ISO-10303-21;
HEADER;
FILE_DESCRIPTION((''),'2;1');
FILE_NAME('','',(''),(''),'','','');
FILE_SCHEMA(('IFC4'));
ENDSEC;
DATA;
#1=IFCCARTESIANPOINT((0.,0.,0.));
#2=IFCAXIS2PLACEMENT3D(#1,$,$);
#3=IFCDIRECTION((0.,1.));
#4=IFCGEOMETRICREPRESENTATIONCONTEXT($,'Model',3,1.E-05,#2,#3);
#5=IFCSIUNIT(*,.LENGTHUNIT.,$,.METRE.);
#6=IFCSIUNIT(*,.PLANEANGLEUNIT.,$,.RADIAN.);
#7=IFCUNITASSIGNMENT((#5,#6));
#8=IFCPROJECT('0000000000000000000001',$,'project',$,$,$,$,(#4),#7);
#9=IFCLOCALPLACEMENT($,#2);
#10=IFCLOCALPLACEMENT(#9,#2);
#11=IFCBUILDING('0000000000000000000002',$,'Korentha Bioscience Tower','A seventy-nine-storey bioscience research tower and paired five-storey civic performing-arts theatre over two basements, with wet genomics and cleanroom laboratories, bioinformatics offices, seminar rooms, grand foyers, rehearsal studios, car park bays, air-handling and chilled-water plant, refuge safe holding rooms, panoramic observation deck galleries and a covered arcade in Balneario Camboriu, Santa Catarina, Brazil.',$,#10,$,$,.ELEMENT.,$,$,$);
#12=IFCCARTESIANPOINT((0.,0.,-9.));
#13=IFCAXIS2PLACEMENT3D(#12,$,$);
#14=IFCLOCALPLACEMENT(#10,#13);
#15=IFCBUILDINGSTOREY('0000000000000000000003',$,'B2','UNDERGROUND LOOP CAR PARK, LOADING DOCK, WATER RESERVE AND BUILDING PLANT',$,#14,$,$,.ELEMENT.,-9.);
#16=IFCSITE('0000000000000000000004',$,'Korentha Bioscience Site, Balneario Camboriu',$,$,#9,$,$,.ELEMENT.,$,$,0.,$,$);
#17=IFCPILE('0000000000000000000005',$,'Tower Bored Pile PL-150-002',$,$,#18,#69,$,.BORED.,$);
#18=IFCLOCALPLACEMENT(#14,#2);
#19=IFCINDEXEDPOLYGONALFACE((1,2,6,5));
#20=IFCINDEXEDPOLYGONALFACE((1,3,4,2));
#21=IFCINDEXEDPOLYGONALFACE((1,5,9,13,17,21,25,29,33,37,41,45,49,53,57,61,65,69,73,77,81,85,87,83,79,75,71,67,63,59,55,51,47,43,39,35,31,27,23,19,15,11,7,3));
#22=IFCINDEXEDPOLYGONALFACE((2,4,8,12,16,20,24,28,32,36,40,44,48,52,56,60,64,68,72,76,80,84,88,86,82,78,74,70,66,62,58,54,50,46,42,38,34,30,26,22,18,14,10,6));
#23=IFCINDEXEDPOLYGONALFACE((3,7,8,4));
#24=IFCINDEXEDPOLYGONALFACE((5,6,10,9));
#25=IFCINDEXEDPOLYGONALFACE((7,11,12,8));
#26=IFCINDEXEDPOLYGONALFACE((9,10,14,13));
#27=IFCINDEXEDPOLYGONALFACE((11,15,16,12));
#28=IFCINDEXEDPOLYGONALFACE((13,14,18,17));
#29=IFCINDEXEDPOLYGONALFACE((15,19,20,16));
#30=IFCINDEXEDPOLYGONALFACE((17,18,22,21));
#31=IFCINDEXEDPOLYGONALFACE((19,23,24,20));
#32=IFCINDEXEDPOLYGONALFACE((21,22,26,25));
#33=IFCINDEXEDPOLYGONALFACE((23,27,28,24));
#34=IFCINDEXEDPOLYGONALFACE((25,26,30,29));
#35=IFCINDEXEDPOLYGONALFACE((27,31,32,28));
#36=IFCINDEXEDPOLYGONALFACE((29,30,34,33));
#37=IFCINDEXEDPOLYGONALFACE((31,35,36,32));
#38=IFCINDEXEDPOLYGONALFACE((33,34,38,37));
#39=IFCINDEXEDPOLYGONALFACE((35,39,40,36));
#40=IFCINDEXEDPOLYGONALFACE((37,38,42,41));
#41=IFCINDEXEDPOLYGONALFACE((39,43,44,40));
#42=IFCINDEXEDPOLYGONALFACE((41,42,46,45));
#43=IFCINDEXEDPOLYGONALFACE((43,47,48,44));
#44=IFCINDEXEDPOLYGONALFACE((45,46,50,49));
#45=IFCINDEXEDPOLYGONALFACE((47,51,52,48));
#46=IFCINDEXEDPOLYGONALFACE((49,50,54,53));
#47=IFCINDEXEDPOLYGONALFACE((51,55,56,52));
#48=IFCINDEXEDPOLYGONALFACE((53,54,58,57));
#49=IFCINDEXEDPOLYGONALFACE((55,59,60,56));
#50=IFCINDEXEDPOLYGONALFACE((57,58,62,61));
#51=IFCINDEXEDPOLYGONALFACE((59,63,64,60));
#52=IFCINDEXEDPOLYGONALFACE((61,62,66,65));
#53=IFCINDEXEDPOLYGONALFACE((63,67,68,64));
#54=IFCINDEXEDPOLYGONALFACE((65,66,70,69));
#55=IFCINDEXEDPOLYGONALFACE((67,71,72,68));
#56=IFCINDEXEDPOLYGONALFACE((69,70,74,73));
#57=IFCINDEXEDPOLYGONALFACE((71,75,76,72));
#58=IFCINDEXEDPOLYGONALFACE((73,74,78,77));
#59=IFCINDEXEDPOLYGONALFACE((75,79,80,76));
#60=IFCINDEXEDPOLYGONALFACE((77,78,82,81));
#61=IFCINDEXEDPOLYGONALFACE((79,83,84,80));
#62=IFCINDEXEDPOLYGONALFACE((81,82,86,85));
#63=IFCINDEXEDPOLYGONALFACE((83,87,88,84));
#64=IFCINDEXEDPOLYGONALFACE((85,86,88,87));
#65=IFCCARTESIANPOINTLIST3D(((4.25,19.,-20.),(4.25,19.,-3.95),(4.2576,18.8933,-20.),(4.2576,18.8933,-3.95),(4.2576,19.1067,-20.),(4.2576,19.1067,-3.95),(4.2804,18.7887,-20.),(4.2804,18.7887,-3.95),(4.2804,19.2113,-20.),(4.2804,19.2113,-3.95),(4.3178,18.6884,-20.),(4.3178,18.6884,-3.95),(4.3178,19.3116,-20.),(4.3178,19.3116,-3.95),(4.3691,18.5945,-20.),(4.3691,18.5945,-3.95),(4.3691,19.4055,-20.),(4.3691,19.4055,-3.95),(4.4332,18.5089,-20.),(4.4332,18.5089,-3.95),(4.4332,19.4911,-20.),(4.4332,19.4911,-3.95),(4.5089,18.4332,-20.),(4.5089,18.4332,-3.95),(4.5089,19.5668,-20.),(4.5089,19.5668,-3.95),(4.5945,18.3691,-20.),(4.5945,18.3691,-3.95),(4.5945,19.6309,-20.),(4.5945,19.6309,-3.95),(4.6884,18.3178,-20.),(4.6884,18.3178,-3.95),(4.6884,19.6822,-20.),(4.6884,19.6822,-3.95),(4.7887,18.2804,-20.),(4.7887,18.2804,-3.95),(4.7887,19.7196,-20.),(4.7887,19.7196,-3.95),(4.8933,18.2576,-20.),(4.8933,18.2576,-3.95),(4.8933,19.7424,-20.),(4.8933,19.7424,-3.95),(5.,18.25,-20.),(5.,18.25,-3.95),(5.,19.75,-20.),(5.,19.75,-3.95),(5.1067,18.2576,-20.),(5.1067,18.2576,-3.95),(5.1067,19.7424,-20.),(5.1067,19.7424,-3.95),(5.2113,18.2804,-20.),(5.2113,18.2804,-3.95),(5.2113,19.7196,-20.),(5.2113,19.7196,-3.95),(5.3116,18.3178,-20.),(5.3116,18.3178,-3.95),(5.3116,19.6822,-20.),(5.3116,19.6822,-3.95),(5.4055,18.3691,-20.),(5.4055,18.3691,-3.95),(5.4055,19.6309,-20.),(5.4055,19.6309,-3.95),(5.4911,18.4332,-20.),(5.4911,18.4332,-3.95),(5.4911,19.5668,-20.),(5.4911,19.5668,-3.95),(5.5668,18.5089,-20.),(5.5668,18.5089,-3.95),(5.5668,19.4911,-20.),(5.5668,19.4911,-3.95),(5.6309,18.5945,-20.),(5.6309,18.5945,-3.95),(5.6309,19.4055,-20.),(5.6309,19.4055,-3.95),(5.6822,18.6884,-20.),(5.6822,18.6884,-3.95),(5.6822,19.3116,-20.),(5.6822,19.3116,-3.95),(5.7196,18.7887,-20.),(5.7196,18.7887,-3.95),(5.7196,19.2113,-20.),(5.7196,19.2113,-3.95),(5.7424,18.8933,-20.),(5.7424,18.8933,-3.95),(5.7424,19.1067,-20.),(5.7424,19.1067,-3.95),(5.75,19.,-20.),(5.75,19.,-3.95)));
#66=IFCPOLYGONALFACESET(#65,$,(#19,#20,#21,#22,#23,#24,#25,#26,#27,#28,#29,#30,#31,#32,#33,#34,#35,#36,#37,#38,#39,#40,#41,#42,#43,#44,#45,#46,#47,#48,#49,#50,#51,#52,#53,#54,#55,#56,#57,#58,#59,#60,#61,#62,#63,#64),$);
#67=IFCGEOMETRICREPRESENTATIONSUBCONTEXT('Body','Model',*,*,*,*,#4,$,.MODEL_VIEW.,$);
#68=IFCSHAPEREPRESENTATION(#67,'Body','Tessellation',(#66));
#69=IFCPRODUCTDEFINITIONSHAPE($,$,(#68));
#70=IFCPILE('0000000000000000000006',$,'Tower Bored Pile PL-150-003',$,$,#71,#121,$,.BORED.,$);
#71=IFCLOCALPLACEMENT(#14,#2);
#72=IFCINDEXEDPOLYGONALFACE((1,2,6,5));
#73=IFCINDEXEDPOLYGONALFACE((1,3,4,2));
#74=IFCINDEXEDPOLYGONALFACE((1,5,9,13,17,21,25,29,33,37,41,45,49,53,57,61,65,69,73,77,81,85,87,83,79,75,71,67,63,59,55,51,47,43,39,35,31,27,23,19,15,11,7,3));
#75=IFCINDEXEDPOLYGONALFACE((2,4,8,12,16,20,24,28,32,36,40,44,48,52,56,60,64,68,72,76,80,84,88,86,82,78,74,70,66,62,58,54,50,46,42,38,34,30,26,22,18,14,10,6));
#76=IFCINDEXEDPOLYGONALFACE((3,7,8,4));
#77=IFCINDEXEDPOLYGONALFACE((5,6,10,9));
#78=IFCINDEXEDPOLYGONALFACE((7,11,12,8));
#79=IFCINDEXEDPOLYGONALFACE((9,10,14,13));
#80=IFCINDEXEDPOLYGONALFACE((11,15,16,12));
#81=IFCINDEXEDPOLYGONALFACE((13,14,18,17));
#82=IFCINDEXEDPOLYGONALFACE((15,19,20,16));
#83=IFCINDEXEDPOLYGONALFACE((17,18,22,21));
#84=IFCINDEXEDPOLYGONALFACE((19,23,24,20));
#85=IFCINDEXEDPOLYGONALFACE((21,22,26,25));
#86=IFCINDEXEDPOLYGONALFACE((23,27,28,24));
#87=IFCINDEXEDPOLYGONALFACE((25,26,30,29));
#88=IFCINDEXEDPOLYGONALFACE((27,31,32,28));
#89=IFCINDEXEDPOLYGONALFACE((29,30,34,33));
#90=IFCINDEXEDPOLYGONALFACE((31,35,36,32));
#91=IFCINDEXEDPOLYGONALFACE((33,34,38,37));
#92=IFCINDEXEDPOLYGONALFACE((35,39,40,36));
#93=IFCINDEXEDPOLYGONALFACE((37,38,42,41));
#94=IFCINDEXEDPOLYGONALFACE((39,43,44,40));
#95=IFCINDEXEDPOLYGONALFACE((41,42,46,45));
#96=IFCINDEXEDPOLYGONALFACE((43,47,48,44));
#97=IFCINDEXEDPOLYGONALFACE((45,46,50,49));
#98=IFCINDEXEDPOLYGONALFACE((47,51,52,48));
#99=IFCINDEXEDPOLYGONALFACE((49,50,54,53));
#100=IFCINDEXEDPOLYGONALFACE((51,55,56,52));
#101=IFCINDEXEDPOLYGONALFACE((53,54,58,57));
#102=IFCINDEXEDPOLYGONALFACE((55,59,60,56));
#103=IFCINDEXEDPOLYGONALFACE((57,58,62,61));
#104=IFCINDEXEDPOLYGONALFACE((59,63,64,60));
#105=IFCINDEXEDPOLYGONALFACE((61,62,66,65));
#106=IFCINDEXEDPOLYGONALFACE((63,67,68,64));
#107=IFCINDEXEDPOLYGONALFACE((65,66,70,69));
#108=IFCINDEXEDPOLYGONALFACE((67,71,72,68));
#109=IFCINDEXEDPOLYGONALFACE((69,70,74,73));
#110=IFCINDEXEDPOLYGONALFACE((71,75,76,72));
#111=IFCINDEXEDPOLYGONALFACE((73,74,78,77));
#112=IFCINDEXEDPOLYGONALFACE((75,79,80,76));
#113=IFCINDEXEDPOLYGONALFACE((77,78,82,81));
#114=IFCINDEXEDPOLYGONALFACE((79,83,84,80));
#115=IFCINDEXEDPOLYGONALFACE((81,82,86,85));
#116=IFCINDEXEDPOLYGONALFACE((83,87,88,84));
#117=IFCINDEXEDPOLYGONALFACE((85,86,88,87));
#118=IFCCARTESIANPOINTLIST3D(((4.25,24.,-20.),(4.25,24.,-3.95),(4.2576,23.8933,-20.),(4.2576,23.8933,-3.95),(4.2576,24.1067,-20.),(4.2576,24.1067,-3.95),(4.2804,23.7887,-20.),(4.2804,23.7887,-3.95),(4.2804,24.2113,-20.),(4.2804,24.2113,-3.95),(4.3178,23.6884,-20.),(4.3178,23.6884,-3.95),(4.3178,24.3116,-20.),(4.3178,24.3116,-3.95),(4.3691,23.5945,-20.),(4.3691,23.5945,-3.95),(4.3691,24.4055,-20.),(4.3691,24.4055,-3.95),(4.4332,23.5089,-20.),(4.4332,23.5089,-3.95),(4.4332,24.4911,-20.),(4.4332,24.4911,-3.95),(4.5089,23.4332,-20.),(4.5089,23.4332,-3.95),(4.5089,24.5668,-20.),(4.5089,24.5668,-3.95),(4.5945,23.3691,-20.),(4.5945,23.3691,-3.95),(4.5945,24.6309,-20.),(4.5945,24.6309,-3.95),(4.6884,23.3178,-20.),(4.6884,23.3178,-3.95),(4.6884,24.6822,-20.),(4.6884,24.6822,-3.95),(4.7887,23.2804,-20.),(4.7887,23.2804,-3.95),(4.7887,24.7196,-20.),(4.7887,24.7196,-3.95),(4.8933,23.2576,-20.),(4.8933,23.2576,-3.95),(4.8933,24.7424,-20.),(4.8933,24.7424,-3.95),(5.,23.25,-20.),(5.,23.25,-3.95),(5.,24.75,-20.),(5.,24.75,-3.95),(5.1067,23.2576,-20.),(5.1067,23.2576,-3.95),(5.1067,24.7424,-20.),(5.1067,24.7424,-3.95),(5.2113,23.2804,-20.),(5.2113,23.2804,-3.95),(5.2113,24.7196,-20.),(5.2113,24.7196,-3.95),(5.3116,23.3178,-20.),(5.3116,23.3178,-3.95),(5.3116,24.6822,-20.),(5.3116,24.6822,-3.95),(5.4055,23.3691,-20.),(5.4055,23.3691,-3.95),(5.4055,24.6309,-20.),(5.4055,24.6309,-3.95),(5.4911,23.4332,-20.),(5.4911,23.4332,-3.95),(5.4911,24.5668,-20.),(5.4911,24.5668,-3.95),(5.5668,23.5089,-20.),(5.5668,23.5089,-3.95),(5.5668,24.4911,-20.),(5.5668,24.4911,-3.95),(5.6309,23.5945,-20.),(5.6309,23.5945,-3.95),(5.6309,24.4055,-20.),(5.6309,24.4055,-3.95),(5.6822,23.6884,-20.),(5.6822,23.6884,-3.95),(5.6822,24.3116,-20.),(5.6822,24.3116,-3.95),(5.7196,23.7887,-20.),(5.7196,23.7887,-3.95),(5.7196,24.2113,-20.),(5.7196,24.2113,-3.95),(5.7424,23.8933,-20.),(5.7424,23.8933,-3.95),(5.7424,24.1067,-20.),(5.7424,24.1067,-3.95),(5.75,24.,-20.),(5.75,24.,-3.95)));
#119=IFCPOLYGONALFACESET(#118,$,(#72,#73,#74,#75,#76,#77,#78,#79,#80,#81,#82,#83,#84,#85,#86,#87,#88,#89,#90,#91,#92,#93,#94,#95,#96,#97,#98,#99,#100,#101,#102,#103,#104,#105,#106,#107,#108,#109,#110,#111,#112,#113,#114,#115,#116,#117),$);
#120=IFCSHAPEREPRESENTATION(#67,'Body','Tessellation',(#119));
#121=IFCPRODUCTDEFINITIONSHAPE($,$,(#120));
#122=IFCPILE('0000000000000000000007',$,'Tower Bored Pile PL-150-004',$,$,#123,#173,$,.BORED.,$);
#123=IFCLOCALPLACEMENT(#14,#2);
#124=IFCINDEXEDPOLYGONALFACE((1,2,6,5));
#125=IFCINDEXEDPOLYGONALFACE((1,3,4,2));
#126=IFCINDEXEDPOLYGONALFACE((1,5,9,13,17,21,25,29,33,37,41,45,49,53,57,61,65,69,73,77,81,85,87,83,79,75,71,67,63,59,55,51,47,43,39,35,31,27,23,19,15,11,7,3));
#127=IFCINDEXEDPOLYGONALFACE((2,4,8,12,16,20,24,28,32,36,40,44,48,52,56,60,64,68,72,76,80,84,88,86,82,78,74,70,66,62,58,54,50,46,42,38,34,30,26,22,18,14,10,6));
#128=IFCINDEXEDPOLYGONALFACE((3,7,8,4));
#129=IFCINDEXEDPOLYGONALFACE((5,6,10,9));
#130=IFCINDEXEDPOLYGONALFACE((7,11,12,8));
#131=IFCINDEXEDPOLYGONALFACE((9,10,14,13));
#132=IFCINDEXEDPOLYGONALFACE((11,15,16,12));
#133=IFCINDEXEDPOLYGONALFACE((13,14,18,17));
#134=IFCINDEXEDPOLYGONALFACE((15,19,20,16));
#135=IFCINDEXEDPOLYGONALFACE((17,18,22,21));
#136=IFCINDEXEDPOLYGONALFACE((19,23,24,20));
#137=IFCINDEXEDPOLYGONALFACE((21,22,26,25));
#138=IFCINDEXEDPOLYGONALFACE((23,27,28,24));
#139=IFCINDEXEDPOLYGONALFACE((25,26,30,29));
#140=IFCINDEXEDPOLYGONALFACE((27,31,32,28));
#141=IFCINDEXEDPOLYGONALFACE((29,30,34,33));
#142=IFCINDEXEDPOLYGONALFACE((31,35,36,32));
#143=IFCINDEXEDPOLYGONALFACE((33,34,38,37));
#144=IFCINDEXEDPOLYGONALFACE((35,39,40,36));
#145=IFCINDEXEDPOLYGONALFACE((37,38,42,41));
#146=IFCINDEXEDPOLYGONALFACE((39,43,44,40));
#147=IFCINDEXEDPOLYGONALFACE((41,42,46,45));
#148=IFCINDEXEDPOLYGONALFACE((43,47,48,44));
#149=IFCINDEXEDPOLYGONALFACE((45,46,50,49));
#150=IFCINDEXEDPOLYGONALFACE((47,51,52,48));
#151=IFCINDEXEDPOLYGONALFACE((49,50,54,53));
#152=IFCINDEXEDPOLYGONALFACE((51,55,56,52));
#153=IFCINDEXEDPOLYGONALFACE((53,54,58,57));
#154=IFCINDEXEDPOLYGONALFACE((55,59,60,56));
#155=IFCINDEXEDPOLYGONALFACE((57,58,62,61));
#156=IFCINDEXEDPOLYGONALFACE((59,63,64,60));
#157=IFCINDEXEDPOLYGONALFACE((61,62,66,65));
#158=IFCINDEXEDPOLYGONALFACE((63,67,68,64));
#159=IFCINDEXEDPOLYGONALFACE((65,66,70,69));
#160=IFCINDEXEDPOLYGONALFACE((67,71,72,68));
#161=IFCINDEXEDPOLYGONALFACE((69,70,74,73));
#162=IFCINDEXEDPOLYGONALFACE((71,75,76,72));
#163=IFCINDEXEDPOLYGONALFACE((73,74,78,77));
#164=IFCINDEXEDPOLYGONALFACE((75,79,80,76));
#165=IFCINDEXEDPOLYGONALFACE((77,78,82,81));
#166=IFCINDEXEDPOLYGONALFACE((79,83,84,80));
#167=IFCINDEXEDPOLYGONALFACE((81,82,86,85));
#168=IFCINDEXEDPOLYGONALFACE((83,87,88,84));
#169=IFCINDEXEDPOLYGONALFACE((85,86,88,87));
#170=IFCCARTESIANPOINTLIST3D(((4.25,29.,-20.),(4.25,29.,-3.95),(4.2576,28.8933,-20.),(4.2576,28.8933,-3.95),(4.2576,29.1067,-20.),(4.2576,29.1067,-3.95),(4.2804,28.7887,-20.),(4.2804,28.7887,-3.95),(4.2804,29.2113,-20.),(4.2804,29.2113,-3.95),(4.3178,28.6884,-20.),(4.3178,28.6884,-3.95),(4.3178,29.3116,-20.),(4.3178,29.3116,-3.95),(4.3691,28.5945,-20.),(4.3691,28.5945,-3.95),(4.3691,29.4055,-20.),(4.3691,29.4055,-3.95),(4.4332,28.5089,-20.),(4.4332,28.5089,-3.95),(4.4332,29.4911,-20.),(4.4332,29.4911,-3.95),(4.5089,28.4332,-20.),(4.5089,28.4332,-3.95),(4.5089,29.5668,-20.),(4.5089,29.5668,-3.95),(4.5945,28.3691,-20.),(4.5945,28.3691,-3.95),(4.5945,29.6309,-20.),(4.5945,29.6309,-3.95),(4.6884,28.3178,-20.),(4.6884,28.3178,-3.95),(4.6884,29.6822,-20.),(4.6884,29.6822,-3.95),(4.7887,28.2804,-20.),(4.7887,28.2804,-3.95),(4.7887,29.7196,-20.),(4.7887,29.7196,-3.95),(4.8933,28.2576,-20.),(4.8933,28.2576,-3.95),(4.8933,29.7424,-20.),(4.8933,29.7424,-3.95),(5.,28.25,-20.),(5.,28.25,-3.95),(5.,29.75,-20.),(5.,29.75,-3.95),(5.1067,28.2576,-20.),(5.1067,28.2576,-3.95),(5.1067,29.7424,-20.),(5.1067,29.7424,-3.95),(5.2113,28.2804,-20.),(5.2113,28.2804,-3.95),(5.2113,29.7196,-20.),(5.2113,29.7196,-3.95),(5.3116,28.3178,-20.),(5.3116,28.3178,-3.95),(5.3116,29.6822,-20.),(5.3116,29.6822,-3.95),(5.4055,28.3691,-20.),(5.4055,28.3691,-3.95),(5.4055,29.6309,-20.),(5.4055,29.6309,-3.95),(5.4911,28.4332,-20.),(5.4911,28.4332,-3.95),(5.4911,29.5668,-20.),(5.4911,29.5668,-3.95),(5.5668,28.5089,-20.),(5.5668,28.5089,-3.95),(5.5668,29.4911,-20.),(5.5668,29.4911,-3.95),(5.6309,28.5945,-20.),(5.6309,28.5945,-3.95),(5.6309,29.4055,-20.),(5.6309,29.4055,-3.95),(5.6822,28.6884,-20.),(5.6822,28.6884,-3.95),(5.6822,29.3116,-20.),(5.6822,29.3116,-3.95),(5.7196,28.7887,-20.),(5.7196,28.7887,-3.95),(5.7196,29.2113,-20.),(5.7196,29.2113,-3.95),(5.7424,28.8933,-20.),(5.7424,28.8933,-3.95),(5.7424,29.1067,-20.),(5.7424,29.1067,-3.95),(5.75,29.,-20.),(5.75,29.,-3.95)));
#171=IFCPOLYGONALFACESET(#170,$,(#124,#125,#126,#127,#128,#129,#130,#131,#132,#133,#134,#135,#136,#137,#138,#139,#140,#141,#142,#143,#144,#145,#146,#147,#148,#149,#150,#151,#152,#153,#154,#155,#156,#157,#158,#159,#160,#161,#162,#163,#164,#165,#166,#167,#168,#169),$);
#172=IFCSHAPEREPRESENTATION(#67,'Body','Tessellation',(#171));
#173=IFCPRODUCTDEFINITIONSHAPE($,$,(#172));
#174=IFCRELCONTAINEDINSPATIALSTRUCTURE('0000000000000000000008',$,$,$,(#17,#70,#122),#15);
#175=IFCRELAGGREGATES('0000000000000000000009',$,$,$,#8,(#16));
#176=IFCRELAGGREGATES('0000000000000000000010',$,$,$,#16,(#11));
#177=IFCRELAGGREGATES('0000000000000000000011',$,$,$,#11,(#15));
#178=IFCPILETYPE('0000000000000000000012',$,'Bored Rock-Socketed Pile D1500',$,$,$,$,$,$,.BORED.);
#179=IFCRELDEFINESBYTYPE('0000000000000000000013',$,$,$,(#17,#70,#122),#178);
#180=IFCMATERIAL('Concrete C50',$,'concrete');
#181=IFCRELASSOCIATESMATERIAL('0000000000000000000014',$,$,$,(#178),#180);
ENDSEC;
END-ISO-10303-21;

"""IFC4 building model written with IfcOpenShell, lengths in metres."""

from ifc_helpers import new_model, si_unit, direction, frame, origin, origin_2d, place, context, subcontext, project, spatial, circle, extrude, material, material_profile, profile_set, type_object, element, save


model = new_model("IFC4")

# Units and contexts
model_context = context("Model", 3, precision=1e-05, world=origin(), true_north=direction((0.0, 1.0)))
body_context = subcontext(model_context, "Body", "Model", "MODEL_VIEW")
ifc_project = project(units=[si_unit("LENGTHUNIT", "METRE"), si_unit("PLANEANGLEUNIT", "RADIAN")], contexts=[model_context])

# Site, building, storey
site_placement = place(None, origin())
site = spatial("IfcSite", under=ifc_project, at=site_placement, Name="Korentha Bioscience Site, Balneario Camboriu", CompositionType="ELEMENT", RefElevation=0.0)
building_placement = place(site_placement, origin())
building = spatial("IfcBuilding", under=site, at=building_placement, Name="Korentha Bioscience Tower", Description="A seventy-nine-storey bioscience research tower and paired five-storey civic performing-arts theatre over two basements, with wet genomics and cleanroom laboratories, bioinformatics offices, seminar rooms, grand foyers, rehearsal studios, car park bays, air-handling and chilled-water plant, refuge safe holding rooms, panoramic observation deck galleries and a covered arcade in Balneario Camboriu, Santa Catarina, Brazil.", CompositionType="ELEMENT")
storey_placement = place(building_placement, frame((0.0, 0.0, -9.0)))
storey = spatial("IfcBuildingStorey", under=building, at=storey_placement, Name="B2", Description="UNDERGROUND LOOP CAR PARK, LOADING DOCK, WATER RESERVE AND BUILDING PLANT", CompositionType="ELEMENT", Elevation=-9.0)

# Piles
ifc_material_1 = material(Name="Concrete C50", Category="concrete")
ifc_material_profile_1 = material_profile(ifc_material_1, circle(Radius=0.75, at=origin_2d()), Name="Concrete C50")
ifc_profile_set_1 = profile_set([ifc_material_profile_1], Name="Concrete C50 (PL-150)")
pile_type = type_object("IfcPileType", Name="Bored Rock-Socketed Pile D1500", PredefinedType="BORED", material=ifc_profile_set_1)
for number, where, z_axis, x_axis, name in (
    (1, (5.0, 19.0, -3.95), (0.0, 0.0, -1.0), (1.0, 0.0, 0.0), "Tower Bored Pile PL-150-002"),
    (2, (5.0, 24.0, -3.95), (0.0, 0.0, -1.0), (1.0, 0.0, 0.0), "Tower Bored Pile PL-150-003"),
    (3, (5.0, 29.0, -3.95), (0.0, 0.0, -1.0), (1.0, 0.0, 0.0), "Tower Bored Pile PL-150-004"),
):
    element("IfcPile", number, at=place(storey_placement, frame(where, z_axis=z_axis, x_axis=x_axis)), inside=storey, type_object=pile_type, Name=name, PredefinedType="BORED", context=body_context, shape_type="SweptSolid", body=[
        extrude(circle(Radius=0.75, at=origin_2d()), origin(), (0.0, 0.0, 1.0), 16.05),
    ])

save(model, "model.ifc")
